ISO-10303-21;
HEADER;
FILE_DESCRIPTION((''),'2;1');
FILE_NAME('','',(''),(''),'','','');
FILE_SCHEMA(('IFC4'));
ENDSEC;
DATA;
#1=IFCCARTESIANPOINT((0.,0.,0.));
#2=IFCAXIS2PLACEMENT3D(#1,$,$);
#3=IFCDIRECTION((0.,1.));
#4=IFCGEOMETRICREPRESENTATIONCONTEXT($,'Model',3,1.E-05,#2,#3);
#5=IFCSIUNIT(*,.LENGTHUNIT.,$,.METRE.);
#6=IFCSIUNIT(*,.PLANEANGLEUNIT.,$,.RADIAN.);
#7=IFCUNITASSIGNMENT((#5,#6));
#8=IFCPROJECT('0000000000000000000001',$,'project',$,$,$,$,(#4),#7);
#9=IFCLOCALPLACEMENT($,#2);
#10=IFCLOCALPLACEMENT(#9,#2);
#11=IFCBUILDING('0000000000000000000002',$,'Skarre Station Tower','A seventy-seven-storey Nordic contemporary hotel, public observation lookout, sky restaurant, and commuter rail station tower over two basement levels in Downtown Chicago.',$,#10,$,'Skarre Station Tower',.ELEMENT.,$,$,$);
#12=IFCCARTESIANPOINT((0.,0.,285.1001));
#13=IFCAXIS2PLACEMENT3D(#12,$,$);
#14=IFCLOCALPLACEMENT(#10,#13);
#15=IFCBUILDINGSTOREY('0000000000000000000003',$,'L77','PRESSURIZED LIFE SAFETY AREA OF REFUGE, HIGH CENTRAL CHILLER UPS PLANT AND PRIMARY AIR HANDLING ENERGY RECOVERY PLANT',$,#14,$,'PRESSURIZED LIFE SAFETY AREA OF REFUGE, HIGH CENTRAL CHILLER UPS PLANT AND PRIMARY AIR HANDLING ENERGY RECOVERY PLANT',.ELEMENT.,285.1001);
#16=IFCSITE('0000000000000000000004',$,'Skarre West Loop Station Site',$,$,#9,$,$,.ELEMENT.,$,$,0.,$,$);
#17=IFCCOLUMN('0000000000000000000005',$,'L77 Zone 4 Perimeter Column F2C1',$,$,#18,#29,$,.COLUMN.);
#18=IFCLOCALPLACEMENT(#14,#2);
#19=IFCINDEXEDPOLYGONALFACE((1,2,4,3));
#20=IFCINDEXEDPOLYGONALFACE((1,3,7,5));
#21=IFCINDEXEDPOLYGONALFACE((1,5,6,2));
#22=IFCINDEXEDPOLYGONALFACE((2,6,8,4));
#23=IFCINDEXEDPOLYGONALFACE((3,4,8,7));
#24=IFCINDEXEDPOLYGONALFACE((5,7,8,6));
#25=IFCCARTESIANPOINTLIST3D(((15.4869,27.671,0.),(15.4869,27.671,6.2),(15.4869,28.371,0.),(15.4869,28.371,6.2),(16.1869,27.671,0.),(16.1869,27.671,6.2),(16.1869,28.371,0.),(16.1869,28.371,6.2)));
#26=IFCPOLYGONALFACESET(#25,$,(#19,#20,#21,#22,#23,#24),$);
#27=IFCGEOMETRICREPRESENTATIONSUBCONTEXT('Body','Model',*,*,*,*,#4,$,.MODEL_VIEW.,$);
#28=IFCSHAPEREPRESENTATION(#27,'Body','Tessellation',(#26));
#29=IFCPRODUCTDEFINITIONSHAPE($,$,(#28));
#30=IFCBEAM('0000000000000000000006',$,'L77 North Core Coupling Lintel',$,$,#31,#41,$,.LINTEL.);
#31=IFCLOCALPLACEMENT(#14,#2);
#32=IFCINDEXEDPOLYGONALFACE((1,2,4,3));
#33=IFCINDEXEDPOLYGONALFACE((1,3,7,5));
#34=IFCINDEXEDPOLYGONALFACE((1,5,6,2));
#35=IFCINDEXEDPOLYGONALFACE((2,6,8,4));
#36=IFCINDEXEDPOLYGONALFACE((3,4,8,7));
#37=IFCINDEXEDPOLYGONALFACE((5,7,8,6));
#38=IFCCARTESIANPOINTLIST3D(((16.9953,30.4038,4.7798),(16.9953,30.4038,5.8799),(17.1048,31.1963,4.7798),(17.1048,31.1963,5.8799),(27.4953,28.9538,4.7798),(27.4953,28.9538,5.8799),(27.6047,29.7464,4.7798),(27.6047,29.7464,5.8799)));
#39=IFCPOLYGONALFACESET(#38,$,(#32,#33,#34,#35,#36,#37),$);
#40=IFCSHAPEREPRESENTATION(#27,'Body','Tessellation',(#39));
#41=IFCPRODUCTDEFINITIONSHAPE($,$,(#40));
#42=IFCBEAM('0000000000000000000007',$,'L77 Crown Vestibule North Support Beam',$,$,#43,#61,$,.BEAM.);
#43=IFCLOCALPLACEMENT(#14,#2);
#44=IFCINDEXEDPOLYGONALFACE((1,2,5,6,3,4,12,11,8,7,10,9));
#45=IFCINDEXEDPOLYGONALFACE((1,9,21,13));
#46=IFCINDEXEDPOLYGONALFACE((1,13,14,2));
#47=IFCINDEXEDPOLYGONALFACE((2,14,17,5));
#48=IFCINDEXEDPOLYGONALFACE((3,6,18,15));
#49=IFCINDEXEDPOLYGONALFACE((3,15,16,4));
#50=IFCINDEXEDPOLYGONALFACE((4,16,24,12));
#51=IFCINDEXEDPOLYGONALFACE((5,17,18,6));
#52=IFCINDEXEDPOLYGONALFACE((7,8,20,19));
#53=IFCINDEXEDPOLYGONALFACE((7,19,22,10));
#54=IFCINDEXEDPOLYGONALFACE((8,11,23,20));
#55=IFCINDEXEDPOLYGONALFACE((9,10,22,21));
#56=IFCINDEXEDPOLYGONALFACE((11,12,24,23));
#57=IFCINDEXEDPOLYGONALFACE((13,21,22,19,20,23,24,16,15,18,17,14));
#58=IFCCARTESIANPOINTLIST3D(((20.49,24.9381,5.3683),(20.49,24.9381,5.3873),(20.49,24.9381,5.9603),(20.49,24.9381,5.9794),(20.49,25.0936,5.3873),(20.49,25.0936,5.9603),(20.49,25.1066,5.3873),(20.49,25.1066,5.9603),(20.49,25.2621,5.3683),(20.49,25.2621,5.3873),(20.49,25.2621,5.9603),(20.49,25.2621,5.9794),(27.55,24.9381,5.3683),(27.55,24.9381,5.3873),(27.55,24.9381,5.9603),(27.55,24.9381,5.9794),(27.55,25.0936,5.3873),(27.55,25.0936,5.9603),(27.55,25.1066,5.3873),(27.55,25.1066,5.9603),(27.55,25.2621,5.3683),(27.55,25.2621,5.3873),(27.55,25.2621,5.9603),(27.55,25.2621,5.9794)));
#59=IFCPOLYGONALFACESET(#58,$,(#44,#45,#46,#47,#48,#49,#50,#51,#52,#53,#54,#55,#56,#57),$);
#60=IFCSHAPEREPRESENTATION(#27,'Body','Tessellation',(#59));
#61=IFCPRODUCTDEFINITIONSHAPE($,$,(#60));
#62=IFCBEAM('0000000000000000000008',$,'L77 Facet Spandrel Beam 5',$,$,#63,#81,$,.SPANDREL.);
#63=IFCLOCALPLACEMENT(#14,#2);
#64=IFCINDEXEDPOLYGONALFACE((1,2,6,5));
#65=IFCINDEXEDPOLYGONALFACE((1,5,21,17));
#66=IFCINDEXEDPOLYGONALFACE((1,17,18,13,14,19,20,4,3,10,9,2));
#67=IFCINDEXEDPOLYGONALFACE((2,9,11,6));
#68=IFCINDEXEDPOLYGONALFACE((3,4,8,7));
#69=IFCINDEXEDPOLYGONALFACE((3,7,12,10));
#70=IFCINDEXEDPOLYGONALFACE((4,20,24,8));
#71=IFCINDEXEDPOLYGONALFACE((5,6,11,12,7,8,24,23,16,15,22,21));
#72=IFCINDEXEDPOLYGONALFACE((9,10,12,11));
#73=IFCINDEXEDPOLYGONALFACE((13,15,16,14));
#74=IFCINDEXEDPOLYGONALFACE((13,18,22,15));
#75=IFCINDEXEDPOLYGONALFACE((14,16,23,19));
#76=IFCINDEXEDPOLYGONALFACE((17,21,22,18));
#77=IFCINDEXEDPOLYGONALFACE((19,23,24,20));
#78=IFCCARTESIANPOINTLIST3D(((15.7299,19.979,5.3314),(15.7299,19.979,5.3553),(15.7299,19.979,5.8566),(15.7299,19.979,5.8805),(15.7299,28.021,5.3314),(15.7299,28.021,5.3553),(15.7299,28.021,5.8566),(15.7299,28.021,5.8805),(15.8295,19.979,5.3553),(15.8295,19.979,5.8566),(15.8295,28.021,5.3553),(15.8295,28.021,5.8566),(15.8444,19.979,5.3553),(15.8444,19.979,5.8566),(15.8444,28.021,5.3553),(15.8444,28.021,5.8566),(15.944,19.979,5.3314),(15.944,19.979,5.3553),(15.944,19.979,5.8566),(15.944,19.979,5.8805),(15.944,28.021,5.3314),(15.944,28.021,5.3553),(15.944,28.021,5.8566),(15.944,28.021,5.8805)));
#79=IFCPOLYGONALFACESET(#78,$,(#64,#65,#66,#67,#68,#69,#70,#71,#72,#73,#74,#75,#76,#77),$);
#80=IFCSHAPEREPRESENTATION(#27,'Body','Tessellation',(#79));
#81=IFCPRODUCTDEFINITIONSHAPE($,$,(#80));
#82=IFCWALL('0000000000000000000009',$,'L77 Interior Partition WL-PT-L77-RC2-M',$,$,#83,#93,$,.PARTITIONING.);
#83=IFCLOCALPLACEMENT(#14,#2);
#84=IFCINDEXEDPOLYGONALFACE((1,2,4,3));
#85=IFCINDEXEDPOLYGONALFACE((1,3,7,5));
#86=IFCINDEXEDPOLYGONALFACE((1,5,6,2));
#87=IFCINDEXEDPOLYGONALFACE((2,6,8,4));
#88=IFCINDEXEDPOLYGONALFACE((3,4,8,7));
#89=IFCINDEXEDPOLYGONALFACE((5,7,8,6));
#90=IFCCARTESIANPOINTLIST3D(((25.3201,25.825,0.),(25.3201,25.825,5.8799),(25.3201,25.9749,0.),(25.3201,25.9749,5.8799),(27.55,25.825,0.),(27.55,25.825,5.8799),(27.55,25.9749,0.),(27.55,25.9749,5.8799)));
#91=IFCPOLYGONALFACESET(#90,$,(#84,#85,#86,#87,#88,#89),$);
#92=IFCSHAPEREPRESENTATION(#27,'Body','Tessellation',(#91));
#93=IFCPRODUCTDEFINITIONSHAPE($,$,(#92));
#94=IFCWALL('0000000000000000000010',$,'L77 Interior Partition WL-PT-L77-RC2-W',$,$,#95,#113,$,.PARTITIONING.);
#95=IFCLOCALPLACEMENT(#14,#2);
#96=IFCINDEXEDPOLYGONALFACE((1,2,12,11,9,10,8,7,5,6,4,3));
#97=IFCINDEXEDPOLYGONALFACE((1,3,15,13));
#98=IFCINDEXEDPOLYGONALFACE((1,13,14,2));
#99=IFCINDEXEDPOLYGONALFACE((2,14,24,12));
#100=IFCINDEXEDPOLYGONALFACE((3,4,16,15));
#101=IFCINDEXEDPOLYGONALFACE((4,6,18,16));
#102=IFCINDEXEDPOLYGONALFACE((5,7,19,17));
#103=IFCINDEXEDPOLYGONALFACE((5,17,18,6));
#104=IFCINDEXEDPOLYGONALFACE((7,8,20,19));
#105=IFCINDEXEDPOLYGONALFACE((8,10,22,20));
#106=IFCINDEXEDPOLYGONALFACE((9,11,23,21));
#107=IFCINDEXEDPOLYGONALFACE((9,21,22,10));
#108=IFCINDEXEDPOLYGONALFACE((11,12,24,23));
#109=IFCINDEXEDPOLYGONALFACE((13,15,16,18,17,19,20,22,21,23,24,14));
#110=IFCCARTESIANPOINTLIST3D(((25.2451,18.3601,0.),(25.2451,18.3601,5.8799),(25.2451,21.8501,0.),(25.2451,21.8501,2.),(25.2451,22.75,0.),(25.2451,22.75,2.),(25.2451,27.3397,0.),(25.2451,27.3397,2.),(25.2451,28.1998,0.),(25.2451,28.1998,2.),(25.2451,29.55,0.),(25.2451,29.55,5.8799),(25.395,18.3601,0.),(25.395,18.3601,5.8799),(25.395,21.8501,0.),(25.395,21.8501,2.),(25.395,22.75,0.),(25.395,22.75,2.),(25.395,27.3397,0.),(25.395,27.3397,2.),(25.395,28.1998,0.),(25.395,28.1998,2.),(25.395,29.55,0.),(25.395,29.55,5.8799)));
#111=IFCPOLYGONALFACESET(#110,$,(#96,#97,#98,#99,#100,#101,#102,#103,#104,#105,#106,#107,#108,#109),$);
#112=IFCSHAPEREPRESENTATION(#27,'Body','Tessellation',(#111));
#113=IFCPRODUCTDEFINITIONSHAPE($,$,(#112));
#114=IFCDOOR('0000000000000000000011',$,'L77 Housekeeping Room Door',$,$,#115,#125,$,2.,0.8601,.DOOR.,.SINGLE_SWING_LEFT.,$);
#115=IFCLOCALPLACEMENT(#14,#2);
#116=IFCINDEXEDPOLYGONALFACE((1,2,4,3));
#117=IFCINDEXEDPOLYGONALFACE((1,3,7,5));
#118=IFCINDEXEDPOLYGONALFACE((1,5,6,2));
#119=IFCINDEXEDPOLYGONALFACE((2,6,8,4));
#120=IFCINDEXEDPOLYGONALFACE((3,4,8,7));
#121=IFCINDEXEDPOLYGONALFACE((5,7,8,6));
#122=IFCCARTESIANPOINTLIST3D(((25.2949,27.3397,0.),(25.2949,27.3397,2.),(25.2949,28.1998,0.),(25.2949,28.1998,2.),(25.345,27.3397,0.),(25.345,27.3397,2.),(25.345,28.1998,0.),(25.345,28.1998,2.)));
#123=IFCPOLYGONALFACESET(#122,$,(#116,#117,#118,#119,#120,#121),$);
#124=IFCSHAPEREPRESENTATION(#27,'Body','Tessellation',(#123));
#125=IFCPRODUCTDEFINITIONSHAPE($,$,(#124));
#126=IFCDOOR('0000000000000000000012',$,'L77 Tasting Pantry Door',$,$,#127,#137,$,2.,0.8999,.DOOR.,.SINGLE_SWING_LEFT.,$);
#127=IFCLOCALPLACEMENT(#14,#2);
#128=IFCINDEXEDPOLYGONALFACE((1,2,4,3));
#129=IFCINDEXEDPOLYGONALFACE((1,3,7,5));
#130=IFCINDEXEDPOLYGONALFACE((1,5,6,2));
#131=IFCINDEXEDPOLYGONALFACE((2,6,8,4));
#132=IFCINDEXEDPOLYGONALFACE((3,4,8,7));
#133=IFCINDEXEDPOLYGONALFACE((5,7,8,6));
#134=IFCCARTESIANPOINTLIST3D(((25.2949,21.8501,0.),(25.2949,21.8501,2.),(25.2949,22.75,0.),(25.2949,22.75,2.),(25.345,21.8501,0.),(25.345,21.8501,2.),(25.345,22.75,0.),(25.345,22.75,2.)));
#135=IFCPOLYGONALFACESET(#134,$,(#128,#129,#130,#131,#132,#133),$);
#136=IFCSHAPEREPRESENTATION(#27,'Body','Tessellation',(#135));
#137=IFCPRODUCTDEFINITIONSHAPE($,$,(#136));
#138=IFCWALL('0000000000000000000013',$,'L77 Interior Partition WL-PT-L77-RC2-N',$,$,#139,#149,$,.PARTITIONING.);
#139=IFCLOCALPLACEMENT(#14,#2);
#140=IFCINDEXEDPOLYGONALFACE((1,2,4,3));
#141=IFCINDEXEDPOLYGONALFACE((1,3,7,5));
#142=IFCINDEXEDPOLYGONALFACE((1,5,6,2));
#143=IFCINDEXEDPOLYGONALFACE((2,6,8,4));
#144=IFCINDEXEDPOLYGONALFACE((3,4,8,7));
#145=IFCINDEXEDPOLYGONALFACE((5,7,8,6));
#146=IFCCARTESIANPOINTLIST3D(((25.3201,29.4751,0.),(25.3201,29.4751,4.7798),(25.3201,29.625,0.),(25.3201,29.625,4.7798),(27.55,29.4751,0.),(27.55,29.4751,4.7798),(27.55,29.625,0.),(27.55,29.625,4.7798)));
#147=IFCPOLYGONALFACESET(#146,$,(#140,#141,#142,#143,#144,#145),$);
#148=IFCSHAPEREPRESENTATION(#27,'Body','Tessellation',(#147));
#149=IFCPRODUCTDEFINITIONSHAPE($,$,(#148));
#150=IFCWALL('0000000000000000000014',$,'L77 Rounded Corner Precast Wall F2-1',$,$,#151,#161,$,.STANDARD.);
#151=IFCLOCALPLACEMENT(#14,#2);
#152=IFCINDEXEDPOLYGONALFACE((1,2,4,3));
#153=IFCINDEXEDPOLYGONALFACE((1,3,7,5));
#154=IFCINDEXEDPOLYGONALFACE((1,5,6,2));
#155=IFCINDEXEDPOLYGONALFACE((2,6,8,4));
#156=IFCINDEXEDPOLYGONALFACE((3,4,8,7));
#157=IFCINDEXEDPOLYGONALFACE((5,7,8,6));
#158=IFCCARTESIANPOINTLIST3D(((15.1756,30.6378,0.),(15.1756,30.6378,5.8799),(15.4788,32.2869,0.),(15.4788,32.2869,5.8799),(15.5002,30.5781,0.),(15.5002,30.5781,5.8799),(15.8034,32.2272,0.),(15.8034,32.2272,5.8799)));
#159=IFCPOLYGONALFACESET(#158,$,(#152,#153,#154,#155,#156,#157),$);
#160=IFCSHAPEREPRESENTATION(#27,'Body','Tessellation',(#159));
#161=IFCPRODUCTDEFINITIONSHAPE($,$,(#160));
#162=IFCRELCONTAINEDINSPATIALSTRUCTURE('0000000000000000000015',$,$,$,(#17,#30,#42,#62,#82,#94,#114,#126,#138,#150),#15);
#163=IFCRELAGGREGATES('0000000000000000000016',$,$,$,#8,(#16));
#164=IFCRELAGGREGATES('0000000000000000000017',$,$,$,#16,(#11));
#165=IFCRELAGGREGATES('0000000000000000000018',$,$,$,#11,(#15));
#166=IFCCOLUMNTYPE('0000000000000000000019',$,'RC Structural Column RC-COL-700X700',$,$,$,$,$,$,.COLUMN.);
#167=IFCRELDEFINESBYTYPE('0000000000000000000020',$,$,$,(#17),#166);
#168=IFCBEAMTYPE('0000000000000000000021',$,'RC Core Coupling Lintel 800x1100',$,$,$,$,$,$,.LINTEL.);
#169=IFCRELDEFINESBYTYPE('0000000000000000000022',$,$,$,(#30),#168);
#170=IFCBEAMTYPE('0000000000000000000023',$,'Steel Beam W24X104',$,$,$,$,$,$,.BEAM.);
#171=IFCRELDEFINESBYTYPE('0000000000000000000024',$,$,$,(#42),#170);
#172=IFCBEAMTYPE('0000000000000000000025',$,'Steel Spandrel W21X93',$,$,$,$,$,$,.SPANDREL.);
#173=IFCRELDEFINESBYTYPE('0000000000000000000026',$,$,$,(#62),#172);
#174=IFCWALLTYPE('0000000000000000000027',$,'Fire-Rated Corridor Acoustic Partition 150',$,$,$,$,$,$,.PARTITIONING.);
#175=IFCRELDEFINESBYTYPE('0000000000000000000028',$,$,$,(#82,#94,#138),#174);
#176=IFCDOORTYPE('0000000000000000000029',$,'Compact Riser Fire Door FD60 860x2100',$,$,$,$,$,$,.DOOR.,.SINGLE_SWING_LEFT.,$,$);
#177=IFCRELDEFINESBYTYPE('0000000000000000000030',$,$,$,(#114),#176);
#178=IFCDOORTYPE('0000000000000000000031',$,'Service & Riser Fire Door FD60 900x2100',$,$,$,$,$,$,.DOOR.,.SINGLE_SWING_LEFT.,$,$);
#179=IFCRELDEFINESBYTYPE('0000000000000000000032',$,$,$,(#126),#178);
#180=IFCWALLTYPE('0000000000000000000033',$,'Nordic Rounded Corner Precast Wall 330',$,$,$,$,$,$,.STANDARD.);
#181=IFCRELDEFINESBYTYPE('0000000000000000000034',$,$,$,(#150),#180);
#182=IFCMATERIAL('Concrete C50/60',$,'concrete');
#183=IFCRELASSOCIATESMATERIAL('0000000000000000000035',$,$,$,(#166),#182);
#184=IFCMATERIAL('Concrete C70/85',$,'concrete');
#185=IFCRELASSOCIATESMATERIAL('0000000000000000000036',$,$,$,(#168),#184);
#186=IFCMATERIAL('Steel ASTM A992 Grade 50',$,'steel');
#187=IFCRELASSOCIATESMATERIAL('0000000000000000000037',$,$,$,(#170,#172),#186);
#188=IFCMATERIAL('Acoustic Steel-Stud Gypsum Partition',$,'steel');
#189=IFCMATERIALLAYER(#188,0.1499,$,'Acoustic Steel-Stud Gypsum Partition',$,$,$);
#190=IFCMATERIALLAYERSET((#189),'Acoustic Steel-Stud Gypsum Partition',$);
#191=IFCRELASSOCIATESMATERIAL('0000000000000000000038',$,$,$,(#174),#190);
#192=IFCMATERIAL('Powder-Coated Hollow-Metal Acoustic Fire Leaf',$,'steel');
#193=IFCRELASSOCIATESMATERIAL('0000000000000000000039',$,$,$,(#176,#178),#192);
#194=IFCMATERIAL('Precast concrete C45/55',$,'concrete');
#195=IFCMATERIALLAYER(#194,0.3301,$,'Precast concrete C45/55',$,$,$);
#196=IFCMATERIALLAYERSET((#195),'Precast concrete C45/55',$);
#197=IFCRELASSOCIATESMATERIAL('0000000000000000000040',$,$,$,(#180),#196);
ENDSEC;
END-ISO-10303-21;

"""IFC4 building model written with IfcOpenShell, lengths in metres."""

from ifc_helpers import new_model, si_unit, direction, frame, frame_2d, origin, origin_2d, place, context, subcontext, project, spatial, rectangle, i_section, extrude, material, layer, layer_set, material_profile, profile_set, type_object, element, fill, save


model = new_model("IFC4")

# Units and contexts
model_context = context("Model", 3, precision=1e-05, world=origin(), true_north=direction((0.0, 1.0)))
body_context = subcontext(model_context, "Body", "Model", "MODEL_VIEW")
ifc_project = project(units=[si_unit("LENGTHUNIT", "METRE"), si_unit("PLANEANGLEUNIT", "RADIAN")], contexts=[model_context])

# Site, building, storey
site_placement = place(None, origin())
site = spatial("IfcSite", under=ifc_project, at=site_placement, Name="Skarre West Loop Station Site", CompositionType="ELEMENT", RefElevation=0.0)
building_placement = place(site_placement, origin())
building = spatial("IfcBuilding", under=site, at=building_placement, Name="Skarre Station Tower", Description="A seventy-seven-storey Nordic contemporary hotel, public observation lookout, sky restaurant, and commuter rail station tower over two basement levels in Downtown Chicago.", LongName="Skarre Station Tower", CompositionType="ELEMENT")
storey_placement = place(building_placement, frame((0.0, 0.0, 285.1001)))
storey = spatial("IfcBuildingStorey", under=building, at=storey_placement, Name="L77", Description="PRESSURIZED LIFE SAFETY AREA OF REFUGE, HIGH CENTRAL CHILLER UPS PLANT AND PRIMARY AIR HANDLING ENERGY RECOVERY PLANT", LongName="PRESSURIZED LIFE SAFETY AREA OF REFUGE, HIGH CENTRAL CHILLER UPS PLANT AND PRIMARY AIR HANDLING ENERGY RECOVERY PLANT", CompositionType="ELEMENT", Elevation=285.1001)

# Column
ifc_material_1 = material(Name="Concrete C50/60", Category="concrete")
ifc_material_profile_1 = material_profile(ifc_material_1, rectangle(XDim=0.7, YDim=0.7, at=origin_2d()), Name="Concrete C50/60")
ifc_profile_set_1 = profile_set([ifc_material_profile_1], Name="Concrete C50/60")
column_type = type_object("IfcColumnType", Name="RC Structural Column RC-COL-700X700", PredefinedType="COLUMN", material=ifc_profile_set_1)
column_placement = place(storey_placement, frame((15.8369, 28.021, 0.0), z_axis=(0.0, 0.0, 1.0), x_axis=(1.0, 0.0, 0.0)))
element("IfcColumn", 1, at=column_placement, inside=storey, type_object=column_type, Name="L77 Zone 4 Perimeter Column F2C1", PredefinedType="COLUMN", context=body_context, shape_type="SweptSolid", body=[
    extrude(rectangle(XDim=0.7, YDim=0.7, at=origin_2d()), origin(), (0.0, 0.0, 1.0), 6.2),
])

# Beams
ifc_material_2 = material(Name="Concrete C70/85", Category="concrete")
ifc_material_profile_2 = material_profile(ifc_material_2, rectangle(XDim=0.8, YDim=1.1001, at=origin_2d()), Name="Concrete C70/85")
ifc_profile_set_2 = profile_set([ifc_material_profile_2], Name="Concrete C70/85")
beam_type_1 = type_object("IfcBeamType", Name="RC Core Coupling Lintel 800x1100", PredefinedType="LINTEL", material=ifc_profile_set_2)
beam_1_placement = place(storey_placement, frame((17.05, 30.8, 5.3298), z_axis=(0.9906, -0.136792, 0.0), x_axis=(0.136792, 0.9906, 0.0)))
element("IfcBeam", 2, at=beam_1_placement, inside=storey, type_object=beam_type_1, Name="L77 North Core Coupling Lintel", PredefinedType="LINTEL", context=body_context, shape_type="SweptSolid", body=[
    extrude(rectangle(XDim=0.8, YDim=1.1001, at=origin_2d()), origin(), (0.0, 0.0, 1.0), 10.5996),
])
ifc_material_3 = material(Name="Steel ASTM A992 Grade 50", Category="steel")
ifc_material_profile_3 = material_profile(ifc_material_3, i_section(OverallWidth=0.324, OverallDepth=0.6111, WebThickness=0.0129, FlangeThickness=0.019, at=origin_2d()), Name="Steel ASTM A992 Grade 50")
ifc_profile_set_3 = profile_set([ifc_material_profile_3], Name="Steel ASTM A992 Grade 50")
beam_type_2 = type_object("IfcBeamType", Name="Steel Beam W24X104", PredefinedType="BEAM", material=ifc_profile_set_3)
beam_2_placement = place(storey_placement, frame((20.49, 25.1001, 5.6738), z_axis=(1.0, 0.0, 0.0), x_axis=(0.0, 1.0, 0.0)))
element("IfcBeam", 3, at=beam_2_placement, inside=storey, type_object=beam_type_2, Name="L77 Crown Vestibule North Support Beam", PredefinedType="BEAM", context=body_context, shape_type="SweptSolid", body=[
    extrude(i_section(OverallWidth=0.324, OverallDepth=0.6111, WebThickness=0.0129, FlangeThickness=0.019, at=origin_2d()), origin(), (0.0, 0.0, 1.0), 7.0601),
])
ifc_material_profile_4 = material_profile(ifc_material_3, i_section(OverallWidth=0.2141, OverallDepth=0.5491, WebThickness=0.0149, FlangeThickness=0.0239, at=origin_2d()), Name="Steel ASTM A992 Grade 50")
ifc_profile_set_4 = profile_set([ifc_material_profile_4], Name="Steel ASTM A992 Grade 50")
beam_type_3 = type_object("IfcBeamType", Name="Steel Spandrel W21X93", PredefinedType="SPANDREL", material=ifc_profile_set_4)
beam_3_placement = place(storey_placement, frame((15.8369, 28.021, 5.606), z_axis=(0.0, -1.0, 0.0), x_axis=(1.0, 0.0, 0.0)))
element("IfcBeam", 4, at=beam_3_placement, inside=storey, type_object=beam_type_3, Name="L77 Facet Spandrel Beam 5", PredefinedType="SPANDREL", context=body_context, shape_type="SweptSolid", body=[
    extrude(i_section(OverallWidth=0.2141, OverallDepth=0.5491, WebThickness=0.0149, FlangeThickness=0.0239, at=origin_2d()), origin(), (0.0, 0.0, 1.0), 8.042),
])

# Wall
ifc_material_4 = material(Name="Acoustic Steel-Stud Gypsum Partition", Category="steel")
ifc_layer_1 = layer(ifc_material_4, 0.1499, Name="Acoustic Steel-Stud Gypsum Partition")
ifc_layer_set_1 = layer_set([ifc_layer_1], Name="Acoustic Steel-Stud Gypsum Partition")
wall_type_1 = type_object("IfcWallType", Name="Fire-Rated Corridor Acoustic Partition 150", PredefinedType="PARTITIONING", material=ifc_layer_set_1)
wall_1_placement = place(storey_placement, frame((25.3201, 25.8999, 0.0), z_axis=(0.0, 0.0, 1.0), x_axis=(1.0, 0.0, 0.0)))
element("IfcWall", 5, at=wall_1_placement, inside=storey, type_object=wall_type_1, Name="L77 Interior Partition WL-PT-L77-RC2-M", PredefinedType="PARTITIONING", context=body_context, shape_type="SweptSolid", body=[
    extrude(rectangle(XDim=2.23, YDim=0.1499, at=frame_2d((1.115, 0.0))), origin(), (0.0, 0.0, 1.0), 5.8799),
])

# Wall, openings, doors
wall_2_placement = place(storey_placement, frame((25.3201, 29.55, 0.0), z_axis=(0.0, 0.0, 1.0), x_axis=(0.0, -1.0, 0.0)))
wall_2 = element("IfcWall", 6, at=wall_2_placement, inside=storey, type_object=wall_type_1, Name="L77 Interior Partition WL-PT-L77-RC2-W", PredefinedType="PARTITIONING", context=body_context, shape_type="SweptSolid", body=[
    extrude(rectangle(XDim=11.1899, YDim=0.1499, at=frame_2d((5.595, 0.0))), origin(), (0.0, 0.0, 1.0), 5.8799),
])
opening_1_placement = place(wall_2_placement, frame((1.3501, 0.0, 0.0)))
opening_1 = element("IfcOpeningElement", 7, at=opening_1_placement, cuts=wall_2, PredefinedType="OPENING", context=body_context, shape_type="SweptSolid", body=[
    extrude(rectangle(XDim=0.8601, YDim=2.0, at=frame_2d((0.4302, 1.0))), frame((0.0, 0.085, 0.0), z_axis=(0.0, -1.0, 0.0), x_axis=(1.0, 0.0, 0.0)), (0.0, 0.0, 1.0), 0.1699),
])
opening_2_placement = place(wall_2_placement, frame((6.8, 0.0, 0.0)))
opening_2 = element("IfcOpeningElement", 8, at=opening_2_placement, cuts=wall_2, PredefinedType="OPENING", context=body_context, shape_type="SweptSolid", body=[
    extrude(rectangle(XDim=0.8999, YDim=2.0, at=frame_2d((0.45, 1.0))), frame((0.0, 0.085, 0.0), z_axis=(0.0, -1.0, 0.0), x_axis=(1.0, 0.0, 0.0)), (0.0, 0.0, 1.0), 0.1699),
])
ifc_material_5 = material(Name="Powder-Coated Hollow-Metal Acoustic Fire Leaf", Category="steel")
door_type_1 = type_object("IfcDoorType", Name="Compact Riser Fire Door FD60 860x2100", OperationType="SINGLE_SWING_LEFT", PredefinedType="DOOR", material=ifc_material_5)
door_1_placement = place(opening_1_placement, origin())
door_1 = element("IfcDoor", 9, at=door_1_placement, inside=storey, type_object=door_type_1, Name="L77 Housekeeping Room Door", OperationType="SINGLE_SWING_LEFT", OverallHeight=2.0, OverallWidth=0.8601, PredefinedType="DOOR", context=body_context, shape_type="SweptSolid", body=[
    extrude(rectangle(XDim=0.8601, YDim=2.0, at=frame_2d((0.4302, 1.0))), frame((0.0, 0.0249, 0.0), z_axis=(0.0, -1.0, 0.0), x_axis=(1.0, 0.0, 0.0)), (0.0, 0.0, 1.0), 0.05),
])
fill(opening_1, door_1)
door_type_2 = type_object("IfcDoorType", Name="Service & Riser Fire Door FD60 900x2100", OperationType="SINGLE_SWING_LEFT", PredefinedType="DOOR", material=ifc_material_5)
door_2_placement = place(opening_2_placement, origin())
door_2 = element("IfcDoor", 10, at=door_2_placement, inside=storey, type_object=door_type_2, Name="L77 Tasting Pantry Door", OperationType="SINGLE_SWING_LEFT", OverallHeight=2.0, OverallWidth=0.8999, PredefinedType="DOOR", context=body_context, shape_type="SweptSolid", body=[
    extrude(rectangle(XDim=0.8999, YDim=2.0, at=frame_2d((0.45, 1.0))), frame((0.0, 0.0249, 0.0), z_axis=(0.0, -1.0, 0.0), x_axis=(1.0, 0.0, 0.0)), (0.0, 0.0, 1.0), 0.05),
])
fill(opening_2, door_2)

# Walls
wall_3_placement = place(storey_placement, frame((27.55, 29.55, 0.0), z_axis=(0.0, 0.0, 1.0), x_axis=(-1.0, 0.0, 0.0)))
element("IfcWall", 11, at=wall_3_placement, inside=storey, type_object=wall_type_1, Name="L77 Interior Partition WL-PT-L77-RC2-N", PredefinedType="PARTITIONING", context=body_context, shape_type="SweptSolid", body=[
    extrude(rectangle(XDim=2.23, YDim=0.1499, at=frame_2d((1.115, 0.0))), origin(), (0.0, 0.0, 1.0), 4.7798),
])
ifc_material_6 = material(Name="Precast concrete C45/55", Category="concrete")
ifc_layer_2 = layer(ifc_material_6, 0.3301, Name="Precast concrete C45/55")
ifc_layer_set_2 = layer_set([ifc_layer_2], Name="Precast concrete C45/55")
wall_type_2 = type_object("IfcWallType", Name="Nordic Rounded Corner Precast Wall 330", PredefinedType="STANDARD", material=ifc_layer_set_2)
wall_4_placement = place(storey_placement, frame((15.3379, 30.6079, 0.0), z_axis=(0.0, 0.0, 1.0), x_axis=(0.180833, 0.983514, 0.0)))
element("IfcWall", 12, at=wall_4_placement, inside=storey, type_object=wall_type_2, Name="L77 Rounded Corner Precast Wall F2-1", PredefinedType="STANDARD", context=body_context, shape_type="SweptSolid", body=[
    extrude(rectangle(XDim=1.6768, YDim=0.3301, at=frame_2d((0.8384, 0.0))), origin(), (0.0, 0.0, 1.0), 5.8799),
])

save(model, "model.ifc")
